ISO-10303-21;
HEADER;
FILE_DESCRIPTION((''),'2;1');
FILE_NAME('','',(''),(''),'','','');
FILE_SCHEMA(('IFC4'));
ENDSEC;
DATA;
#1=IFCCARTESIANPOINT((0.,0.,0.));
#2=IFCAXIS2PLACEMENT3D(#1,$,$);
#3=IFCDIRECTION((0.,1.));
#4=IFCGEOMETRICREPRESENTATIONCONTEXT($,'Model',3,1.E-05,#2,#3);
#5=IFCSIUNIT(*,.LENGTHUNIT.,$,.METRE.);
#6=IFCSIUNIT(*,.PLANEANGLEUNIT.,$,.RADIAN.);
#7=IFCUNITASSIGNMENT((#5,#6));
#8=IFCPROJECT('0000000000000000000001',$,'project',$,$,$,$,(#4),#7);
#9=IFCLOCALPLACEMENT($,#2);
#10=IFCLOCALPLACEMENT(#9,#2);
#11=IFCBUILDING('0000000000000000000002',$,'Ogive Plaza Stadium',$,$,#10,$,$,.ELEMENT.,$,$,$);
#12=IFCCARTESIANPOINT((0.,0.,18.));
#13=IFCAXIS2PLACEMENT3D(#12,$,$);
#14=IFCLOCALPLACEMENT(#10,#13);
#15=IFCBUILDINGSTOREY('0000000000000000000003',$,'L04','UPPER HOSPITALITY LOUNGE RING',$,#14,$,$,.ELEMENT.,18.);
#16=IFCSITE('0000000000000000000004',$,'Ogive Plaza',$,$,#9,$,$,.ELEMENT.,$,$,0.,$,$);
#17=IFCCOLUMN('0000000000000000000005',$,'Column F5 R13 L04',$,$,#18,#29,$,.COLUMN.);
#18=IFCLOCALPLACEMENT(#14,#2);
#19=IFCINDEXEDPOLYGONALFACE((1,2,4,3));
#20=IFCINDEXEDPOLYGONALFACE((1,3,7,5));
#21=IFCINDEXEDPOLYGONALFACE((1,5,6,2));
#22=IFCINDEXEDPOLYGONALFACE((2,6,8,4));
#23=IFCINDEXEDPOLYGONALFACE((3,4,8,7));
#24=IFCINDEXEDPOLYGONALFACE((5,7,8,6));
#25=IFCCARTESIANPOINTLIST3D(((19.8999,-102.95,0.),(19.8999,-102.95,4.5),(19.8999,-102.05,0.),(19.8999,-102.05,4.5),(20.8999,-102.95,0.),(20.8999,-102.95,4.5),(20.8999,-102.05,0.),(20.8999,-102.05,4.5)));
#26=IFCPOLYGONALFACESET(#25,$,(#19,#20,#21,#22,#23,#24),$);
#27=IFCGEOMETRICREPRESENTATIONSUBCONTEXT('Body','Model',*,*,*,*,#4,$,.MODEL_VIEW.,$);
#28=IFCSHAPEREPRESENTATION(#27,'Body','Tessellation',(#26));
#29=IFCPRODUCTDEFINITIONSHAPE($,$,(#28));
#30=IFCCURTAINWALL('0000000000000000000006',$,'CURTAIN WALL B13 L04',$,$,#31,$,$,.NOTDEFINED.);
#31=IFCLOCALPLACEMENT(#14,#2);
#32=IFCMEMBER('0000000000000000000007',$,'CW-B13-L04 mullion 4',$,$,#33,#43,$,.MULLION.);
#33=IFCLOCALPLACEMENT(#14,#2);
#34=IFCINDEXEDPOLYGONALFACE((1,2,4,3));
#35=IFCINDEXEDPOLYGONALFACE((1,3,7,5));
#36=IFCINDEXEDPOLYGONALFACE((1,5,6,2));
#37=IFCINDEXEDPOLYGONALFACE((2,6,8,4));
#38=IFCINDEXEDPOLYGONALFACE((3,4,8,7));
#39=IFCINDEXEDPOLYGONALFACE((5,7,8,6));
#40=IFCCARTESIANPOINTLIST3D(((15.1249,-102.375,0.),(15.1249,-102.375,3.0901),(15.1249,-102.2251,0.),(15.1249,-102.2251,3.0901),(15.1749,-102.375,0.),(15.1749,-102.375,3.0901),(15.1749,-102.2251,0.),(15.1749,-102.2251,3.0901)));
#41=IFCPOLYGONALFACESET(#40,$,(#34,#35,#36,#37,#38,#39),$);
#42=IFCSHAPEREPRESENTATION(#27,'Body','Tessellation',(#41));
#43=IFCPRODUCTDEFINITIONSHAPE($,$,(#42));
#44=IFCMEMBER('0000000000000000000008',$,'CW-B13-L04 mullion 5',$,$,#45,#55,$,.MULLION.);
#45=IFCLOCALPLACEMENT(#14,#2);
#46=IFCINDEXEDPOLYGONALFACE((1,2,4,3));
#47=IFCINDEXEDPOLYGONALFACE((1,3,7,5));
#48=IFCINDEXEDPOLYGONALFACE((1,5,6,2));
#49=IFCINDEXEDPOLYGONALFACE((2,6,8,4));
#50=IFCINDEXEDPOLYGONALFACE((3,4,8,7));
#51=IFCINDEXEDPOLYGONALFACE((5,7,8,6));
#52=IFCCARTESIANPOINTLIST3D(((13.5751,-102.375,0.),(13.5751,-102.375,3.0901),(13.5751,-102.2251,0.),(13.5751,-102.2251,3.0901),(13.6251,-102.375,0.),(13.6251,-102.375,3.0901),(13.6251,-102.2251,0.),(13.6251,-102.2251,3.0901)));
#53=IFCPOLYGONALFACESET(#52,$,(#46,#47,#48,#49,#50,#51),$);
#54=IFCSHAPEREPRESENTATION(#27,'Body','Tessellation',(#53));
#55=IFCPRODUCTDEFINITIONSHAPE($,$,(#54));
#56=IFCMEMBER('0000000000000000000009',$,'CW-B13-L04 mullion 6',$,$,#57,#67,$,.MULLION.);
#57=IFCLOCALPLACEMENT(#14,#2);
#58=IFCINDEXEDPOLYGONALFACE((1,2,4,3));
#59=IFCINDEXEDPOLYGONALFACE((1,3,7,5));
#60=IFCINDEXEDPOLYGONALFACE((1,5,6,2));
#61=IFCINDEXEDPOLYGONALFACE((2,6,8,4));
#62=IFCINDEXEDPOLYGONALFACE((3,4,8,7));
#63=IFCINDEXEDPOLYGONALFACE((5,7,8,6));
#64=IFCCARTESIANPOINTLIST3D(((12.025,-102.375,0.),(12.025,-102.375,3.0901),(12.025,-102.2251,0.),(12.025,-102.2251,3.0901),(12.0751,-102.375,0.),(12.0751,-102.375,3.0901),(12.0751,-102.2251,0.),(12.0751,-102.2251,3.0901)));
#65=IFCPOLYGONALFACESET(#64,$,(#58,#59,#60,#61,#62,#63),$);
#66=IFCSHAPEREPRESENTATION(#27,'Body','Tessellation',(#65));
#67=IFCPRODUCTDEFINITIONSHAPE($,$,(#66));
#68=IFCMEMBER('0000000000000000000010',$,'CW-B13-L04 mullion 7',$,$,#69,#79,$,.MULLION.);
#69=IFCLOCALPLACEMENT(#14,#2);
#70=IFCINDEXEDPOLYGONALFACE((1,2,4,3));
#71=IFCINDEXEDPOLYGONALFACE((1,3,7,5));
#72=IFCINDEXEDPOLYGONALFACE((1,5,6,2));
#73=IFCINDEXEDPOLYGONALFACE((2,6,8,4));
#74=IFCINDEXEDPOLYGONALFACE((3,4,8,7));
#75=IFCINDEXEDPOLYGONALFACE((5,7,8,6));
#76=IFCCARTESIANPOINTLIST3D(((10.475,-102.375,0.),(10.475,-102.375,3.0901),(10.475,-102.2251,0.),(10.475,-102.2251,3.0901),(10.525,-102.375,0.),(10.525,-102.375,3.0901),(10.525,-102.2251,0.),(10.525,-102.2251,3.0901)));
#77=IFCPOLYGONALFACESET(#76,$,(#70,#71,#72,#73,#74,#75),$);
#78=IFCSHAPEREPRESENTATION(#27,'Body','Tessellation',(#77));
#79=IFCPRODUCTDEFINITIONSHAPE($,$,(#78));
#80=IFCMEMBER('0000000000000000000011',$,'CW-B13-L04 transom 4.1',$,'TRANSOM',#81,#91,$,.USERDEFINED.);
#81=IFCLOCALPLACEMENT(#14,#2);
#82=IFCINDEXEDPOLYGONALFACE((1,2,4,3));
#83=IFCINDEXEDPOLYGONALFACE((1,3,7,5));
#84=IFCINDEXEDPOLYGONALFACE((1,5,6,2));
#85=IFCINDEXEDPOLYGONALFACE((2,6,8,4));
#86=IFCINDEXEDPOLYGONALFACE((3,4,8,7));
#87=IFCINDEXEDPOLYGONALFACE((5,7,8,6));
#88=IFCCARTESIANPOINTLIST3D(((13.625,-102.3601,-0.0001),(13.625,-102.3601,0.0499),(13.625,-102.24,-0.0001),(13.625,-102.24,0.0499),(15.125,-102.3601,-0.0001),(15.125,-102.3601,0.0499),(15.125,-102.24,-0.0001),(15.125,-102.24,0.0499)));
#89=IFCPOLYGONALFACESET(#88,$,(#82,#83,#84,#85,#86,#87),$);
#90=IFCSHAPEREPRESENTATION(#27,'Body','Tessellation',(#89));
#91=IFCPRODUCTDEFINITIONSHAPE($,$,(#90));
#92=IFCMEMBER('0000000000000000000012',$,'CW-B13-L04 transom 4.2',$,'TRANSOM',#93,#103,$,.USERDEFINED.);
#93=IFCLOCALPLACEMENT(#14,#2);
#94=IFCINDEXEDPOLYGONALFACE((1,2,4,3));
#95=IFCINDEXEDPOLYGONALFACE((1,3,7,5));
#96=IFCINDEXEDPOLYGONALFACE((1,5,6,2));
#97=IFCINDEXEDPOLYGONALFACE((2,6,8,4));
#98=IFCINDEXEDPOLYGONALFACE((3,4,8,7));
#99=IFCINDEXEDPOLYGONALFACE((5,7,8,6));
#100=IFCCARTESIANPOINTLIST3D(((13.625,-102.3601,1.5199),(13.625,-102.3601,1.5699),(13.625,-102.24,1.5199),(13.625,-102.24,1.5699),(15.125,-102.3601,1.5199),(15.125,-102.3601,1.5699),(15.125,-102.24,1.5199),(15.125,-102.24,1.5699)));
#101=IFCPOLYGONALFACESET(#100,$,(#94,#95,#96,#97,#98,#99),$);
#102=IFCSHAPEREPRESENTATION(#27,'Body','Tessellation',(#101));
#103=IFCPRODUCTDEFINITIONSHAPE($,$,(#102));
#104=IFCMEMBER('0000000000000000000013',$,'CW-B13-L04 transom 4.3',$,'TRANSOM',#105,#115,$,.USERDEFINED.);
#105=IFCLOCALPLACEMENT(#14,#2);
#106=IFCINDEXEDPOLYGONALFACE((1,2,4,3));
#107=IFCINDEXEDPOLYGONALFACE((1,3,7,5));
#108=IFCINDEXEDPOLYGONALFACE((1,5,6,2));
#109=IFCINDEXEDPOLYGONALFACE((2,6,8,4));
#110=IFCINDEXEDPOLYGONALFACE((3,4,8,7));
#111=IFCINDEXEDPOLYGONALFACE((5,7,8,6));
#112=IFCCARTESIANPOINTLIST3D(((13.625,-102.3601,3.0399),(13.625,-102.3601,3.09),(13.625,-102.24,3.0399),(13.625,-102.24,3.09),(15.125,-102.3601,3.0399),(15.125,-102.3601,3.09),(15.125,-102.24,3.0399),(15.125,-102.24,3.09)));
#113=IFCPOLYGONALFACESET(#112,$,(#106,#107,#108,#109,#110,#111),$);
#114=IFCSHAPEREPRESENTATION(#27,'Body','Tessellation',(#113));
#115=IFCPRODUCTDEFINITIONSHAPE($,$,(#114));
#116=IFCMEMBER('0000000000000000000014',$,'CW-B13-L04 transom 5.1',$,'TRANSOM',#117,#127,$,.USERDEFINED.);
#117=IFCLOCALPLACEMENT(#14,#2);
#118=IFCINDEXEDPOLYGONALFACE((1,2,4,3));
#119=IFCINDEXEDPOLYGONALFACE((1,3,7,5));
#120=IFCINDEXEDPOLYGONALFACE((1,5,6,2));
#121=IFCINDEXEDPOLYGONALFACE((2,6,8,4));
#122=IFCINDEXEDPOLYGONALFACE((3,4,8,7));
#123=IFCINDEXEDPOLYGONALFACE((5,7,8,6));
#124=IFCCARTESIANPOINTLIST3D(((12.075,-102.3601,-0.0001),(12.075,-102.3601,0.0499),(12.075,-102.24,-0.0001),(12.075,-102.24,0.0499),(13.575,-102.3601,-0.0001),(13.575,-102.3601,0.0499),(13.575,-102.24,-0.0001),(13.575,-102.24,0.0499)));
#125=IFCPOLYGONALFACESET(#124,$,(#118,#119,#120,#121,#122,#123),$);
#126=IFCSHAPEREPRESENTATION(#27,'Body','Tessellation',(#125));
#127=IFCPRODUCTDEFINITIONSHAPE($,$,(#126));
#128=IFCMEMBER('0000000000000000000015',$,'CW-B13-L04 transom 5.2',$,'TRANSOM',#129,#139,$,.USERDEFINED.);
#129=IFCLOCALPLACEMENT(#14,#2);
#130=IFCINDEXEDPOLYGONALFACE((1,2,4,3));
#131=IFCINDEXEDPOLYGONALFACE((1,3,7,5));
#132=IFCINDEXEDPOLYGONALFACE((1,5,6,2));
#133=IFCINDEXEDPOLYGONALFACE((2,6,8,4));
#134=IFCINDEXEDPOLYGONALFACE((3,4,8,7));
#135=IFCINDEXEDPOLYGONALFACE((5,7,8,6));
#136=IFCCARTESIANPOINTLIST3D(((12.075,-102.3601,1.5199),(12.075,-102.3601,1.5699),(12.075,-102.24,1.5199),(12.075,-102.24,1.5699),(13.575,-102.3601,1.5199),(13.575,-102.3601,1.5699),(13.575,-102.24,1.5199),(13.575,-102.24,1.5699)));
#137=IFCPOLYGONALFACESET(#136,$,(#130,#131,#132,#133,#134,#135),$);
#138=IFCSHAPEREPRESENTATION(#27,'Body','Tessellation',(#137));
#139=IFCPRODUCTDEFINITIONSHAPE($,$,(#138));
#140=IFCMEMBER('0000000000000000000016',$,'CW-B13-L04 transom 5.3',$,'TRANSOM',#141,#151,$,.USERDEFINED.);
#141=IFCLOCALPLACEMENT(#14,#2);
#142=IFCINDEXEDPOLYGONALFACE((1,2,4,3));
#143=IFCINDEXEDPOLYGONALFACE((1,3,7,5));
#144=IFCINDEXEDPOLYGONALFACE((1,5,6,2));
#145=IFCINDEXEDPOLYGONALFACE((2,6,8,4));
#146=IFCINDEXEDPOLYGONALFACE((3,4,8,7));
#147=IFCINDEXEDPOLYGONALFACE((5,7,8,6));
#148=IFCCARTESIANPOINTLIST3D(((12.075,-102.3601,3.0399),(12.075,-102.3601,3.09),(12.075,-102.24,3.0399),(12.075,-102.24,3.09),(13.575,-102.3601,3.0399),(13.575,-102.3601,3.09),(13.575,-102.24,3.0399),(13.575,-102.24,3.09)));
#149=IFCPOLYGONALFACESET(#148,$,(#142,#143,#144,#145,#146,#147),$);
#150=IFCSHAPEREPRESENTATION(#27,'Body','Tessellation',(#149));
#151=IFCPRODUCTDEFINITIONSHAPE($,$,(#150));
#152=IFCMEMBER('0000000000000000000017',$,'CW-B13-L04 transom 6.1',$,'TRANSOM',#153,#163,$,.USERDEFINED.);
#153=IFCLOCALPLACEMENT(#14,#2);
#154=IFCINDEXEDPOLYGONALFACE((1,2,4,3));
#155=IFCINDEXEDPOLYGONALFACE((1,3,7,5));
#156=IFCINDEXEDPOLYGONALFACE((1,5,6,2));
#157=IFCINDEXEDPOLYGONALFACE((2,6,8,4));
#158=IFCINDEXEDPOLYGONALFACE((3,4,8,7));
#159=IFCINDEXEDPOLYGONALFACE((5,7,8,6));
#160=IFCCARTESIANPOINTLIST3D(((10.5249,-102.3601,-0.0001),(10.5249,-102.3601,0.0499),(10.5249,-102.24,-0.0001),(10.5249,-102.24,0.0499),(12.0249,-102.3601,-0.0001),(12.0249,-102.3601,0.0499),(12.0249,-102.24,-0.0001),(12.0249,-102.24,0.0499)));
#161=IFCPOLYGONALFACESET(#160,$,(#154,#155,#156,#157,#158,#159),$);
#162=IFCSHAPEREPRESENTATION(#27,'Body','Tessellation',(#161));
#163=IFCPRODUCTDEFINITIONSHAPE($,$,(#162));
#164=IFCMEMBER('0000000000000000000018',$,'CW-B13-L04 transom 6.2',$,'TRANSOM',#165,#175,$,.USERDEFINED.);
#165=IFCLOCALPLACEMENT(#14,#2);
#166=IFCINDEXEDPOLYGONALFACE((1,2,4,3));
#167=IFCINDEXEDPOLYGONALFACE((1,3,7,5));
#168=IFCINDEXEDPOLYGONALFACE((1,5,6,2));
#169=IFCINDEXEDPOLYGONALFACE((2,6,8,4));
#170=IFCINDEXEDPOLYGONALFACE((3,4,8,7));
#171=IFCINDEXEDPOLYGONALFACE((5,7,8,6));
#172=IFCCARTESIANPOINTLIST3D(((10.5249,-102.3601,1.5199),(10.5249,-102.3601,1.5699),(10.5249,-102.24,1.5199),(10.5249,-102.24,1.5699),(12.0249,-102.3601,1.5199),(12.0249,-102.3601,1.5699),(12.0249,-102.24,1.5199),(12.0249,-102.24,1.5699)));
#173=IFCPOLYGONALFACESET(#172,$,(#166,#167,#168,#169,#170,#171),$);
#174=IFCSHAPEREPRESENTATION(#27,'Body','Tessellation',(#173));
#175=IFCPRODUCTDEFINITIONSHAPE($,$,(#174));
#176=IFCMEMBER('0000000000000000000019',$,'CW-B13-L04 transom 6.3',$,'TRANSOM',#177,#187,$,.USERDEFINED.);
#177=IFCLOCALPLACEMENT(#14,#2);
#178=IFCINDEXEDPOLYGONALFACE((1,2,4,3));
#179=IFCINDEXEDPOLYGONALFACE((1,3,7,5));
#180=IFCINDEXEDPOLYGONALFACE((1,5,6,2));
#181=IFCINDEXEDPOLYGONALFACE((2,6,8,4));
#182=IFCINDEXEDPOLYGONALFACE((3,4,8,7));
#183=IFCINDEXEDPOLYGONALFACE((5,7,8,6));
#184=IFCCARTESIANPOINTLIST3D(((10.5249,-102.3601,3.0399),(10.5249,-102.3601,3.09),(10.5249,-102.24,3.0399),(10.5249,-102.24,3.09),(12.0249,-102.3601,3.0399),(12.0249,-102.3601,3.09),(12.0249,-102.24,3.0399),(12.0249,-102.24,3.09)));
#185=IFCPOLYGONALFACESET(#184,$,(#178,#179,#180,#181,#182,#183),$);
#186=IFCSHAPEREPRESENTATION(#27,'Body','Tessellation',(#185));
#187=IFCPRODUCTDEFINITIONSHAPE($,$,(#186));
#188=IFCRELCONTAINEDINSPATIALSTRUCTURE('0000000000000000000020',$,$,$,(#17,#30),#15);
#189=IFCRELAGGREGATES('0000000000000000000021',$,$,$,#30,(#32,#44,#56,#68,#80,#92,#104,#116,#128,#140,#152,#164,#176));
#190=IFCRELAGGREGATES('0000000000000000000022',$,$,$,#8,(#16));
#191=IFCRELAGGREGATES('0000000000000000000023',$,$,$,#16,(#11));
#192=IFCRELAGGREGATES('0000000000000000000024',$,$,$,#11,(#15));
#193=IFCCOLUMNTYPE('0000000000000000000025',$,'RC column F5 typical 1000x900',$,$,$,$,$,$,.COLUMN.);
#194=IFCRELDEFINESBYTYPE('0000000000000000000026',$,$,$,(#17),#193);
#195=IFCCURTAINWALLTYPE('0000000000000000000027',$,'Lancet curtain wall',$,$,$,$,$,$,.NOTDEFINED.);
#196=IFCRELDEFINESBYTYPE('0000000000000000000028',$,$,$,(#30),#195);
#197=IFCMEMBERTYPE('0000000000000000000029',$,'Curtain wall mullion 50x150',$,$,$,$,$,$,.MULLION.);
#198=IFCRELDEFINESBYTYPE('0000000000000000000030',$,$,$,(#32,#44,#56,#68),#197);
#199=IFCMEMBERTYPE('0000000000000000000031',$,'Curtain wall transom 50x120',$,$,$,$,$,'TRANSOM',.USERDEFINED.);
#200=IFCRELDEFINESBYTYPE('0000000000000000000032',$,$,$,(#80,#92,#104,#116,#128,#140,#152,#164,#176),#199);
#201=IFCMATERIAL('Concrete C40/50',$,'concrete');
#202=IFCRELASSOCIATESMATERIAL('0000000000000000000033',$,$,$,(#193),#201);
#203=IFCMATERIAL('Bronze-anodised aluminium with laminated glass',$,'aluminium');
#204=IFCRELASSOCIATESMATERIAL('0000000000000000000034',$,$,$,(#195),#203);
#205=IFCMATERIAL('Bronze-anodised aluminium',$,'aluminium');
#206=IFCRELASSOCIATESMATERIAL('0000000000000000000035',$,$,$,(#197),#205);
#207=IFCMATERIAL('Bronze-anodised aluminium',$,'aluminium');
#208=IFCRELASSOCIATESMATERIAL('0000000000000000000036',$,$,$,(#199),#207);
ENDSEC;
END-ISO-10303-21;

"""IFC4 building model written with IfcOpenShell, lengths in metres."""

from ifc_helpers import new_model, si_unit, direction, frame, origin, origin_2d, place, context, subcontext, project, spatial, rectangle, extrude, material, material_profile, profile_set, type_object, element, aggregate, save


model = new_model("IFC4")

# Units and contexts
model_context = context("Model", 3, precision=1e-05, world=origin(), true_north=direction((0.0, 1.0)))
body_context = subcontext(model_context, "Body", "Model", "MODEL_VIEW")
ifc_project = project(units=[si_unit("LENGTHUNIT", "METRE"), si_unit("PLANEANGLEUNIT", "RADIAN")], contexts=[model_context])

# Site, building, storey
site_placement = place(None, origin())
site = spatial("IfcSite", under=ifc_project, at=site_placement, Name="Ogive Plaza", CompositionType="ELEMENT", RefElevation=0.0)
building_placement = place(site_placement, origin())
building = spatial("IfcBuilding", under=site, at=building_placement, Name="Ogive Plaza Stadium", CompositionType="ELEMENT")
storey_placement = place(building_placement, frame((0.0, 0.0, 18.0)))
storey = spatial("IfcBuildingStorey", under=building, at=storey_placement, Name="L04", Description="UPPER HOSPITALITY LOUNGE RING", CompositionType="ELEMENT", Elevation=18.0)

# Column
ifc_material_1 = material(Name="Concrete C40/50", Category="concrete")
ifc_material_profile_1 = material_profile(ifc_material_1, rectangle(XDim=1.0, YDim=0.8999, at=origin_2d()), Name="RC 1000x900")
ifc_profile_set_1 = profile_set([ifc_material_profile_1], Name="Concrete C40/50")
column_type = type_object("IfcColumnType", Name="RC column F5 typical 1000x900", PredefinedType="COLUMN", material=ifc_profile_set_1)
column_placement = place(storey_placement, frame((20.3999, -102.5, 0.0), z_axis=(0.0, 0.0, 1.0), x_axis=(1.0, 0.0, 0.0)))
element("IfcColumn", 1, at=column_placement, inside=storey, type_object=column_type, Name="Column F5 R13 L04", PredefinedType="COLUMN", context=body_context, shape_type="SweptSolid", body=[
    extrude(rectangle(XDim=1.0, YDim=0.8999, at=origin_2d()), origin(), (0.0, 0.0, 1.0), 4.5),
])

# Curtain wall, members
ifc_material_2 = material(Name="Bronze-anodised aluminium with laminated glass", Category="aluminium")
curtain_wall_type = type_object("IfcCurtainWallType", Name="Lancet curtain wall", PredefinedType="NOTDEFINED", material=ifc_material_2)
curtain_wall_placement = place(storey_placement, origin())
curtain_wall = element("IfcCurtainWall", 2, at=curtain_wall_placement, inside=storey, type_object=curtain_wall_type, Name="CURTAIN WALL B13 L04", PredefinedType="NOTDEFINED")
ifc_material_3 = material(Name="Bronze-anodised aluminium", Category="aluminium")
ifc_material_profile_2 = material_profile(ifc_material_3, rectangle(XDim=0.1499, YDim=0.05, at=origin_2d()), Name="AL 150x50")
ifc_profile_set_2 = profile_set([ifc_material_profile_2], Name="Bronze-anodised aluminium")
member_type_1 = type_object("IfcMemberType", Name="Curtain wall mullion 50x150", PredefinedType="MULLION", material=ifc_profile_set_2)
member_1_placement = place(storey_placement, frame((15.1499, -102.3, 0.0), z_axis=(0.0, 0.0, 1.0), x_axis=(0.0, -1.0, 0.0)))
member_1 = element("IfcMember", 3, at=member_1_placement, type_object=member_type_1, Name="CW-B13-L04 mullion 4", PredefinedType="MULLION", context=body_context, shape_type="SweptSolid", body=[
    extrude(rectangle(XDim=0.1499, YDim=0.05, at=origin_2d()), origin(), (0.0, 0.0, 1.0), 3.0901),
])
member_2_placement = place(storey_placement, frame((13.6001, -102.3, 0.0), z_axis=(0.0, 0.0, 1.0), x_axis=(0.0, -1.0, 0.0)))
member_2 = element("IfcMember", 4, at=member_2_placement, type_object=member_type_1, Name="CW-B13-L04 mullion 5", PredefinedType="MULLION", context=body_context, shape_type="SweptSolid", body=[
    extrude(rectangle(XDim=0.1499, YDim=0.05, at=origin_2d()), origin(), (0.0, 0.0, 1.0), 3.0901),
])
member_3_placement = place(storey_placement, frame((12.05, -102.3, 0.0), z_axis=(0.0, 0.0, 1.0), x_axis=(0.0, -1.0, 0.0)))
member_3 = element("IfcMember", 5, at=member_3_placement, type_object=member_type_1, Name="CW-B13-L04 mullion 6", PredefinedType="MULLION", context=body_context, shape_type="SweptSolid", body=[
    extrude(rectangle(XDim=0.1499, YDim=0.05, at=origin_2d()), origin(), (0.0, 0.0, 1.0), 3.0901),
])
member_4_placement = place(storey_placement, frame((10.5, -102.3, 0.0), z_axis=(0.0, 0.0, 1.0), x_axis=(0.0, -1.0, 0.0)))
member_4 = element("IfcMember", 6, at=member_4_placement, type_object=member_type_1, Name="CW-B13-L04 mullion 7", PredefinedType="MULLION", context=body_context, shape_type="SweptSolid", body=[
    extrude(rectangle(XDim=0.1499, YDim=0.05, at=origin_2d()), origin(), (0.0, 0.0, 1.0), 3.0901),
])
ifc_material_4 = material(Name="Bronze-anodised aluminium", Category="aluminium")
ifc_material_profile_3 = material_profile(ifc_material_4, rectangle(XDim=0.1201, YDim=0.05, at=origin_2d()), Name="AL 120x50")
ifc_profile_set_3 = profile_set([ifc_material_profile_3], Name="Bronze-anodised aluminium")
member_type_2 = type_object("IfcMemberType", Name="Curtain wall transom 50x120", ElementType="TRANSOM", PredefinedType="USERDEFINED", material=ifc_profile_set_3)
member_5_placement = place(storey_placement, frame((15.125, -102.3, 0.0249), z_axis=(-1.0, 0.0, 0.0), x_axis=(0.0, -1.0, 0.0)))
member_5 = element("IfcMember", 7, at=member_5_placement, type_object=member_type_2, Name="CW-B13-L04 transom 4.1", ObjectType="TRANSOM", PredefinedType="USERDEFINED", context=body_context, shape_type="SweptSolid", body=[
    extrude(rectangle(XDim=0.1201, YDim=0.05, at=origin_2d()), origin(), (0.0, 0.0, 1.0), 1.5),
])
member_6_placement = place(storey_placement, frame((15.125, -102.3, 1.5449), z_axis=(-1.0, 0.0, 0.0), x_axis=(0.0, -1.0, 0.0)))
member_6 = element("IfcMember", 8, at=member_6_placement, type_object=member_type_2, Name="CW-B13-L04 transom 4.2", ObjectType="TRANSOM", PredefinedType="USERDEFINED", context=body_context, shape_type="SweptSolid", body=[
    extrude(rectangle(XDim=0.1201, YDim=0.05, at=origin_2d()), origin(), (0.0, 0.0, 1.0), 1.5),
])
member_7_placement = place(storey_placement, frame((15.125, -102.3, 3.0649), z_axis=(-1.0, 0.0, 0.0), x_axis=(0.0, -1.0, 0.0)))
member_7 = element("IfcMember", 9, at=member_7_placement, type_object=member_type_2, Name="CW-B13-L04 transom 4.3", ObjectType="TRANSOM", PredefinedType="USERDEFINED", context=body_context, shape_type="SweptSolid", body=[
    extrude(rectangle(XDim=0.1201, YDim=0.05, at=origin_2d()), origin(), (0.0, 0.0, 1.0), 1.5),
])
member_8_placement = place(storey_placement, frame((13.575, -102.3, 0.0249), z_axis=(-1.0, 0.0, 0.0), x_axis=(0.0, -1.0, 0.0)))
member_8 = element("IfcMember", 10, at=member_8_placement, type_object=member_type_2, Name="CW-B13-L04 transom 5.1", ObjectType="TRANSOM", PredefinedType="USERDEFINED", context=body_context, shape_type="SweptSolid", body=[
    extrude(rectangle(XDim=0.1201, YDim=0.05, at=origin_2d()), origin(), (0.0, 0.0, 1.0), 1.5),
])
member_9_placement = place(storey_placement, frame((13.575, -102.3, 1.5449), z_axis=(-1.0, 0.0, 0.0), x_axis=(0.0, -1.0, 0.0)))
member_9 = element("IfcMember", 11, at=member_9_placement, type_object=member_type_2, Name="CW-B13-L04 transom 5.2", ObjectType="TRANSOM", PredefinedType="USERDEFINED", context=body_context, shape_type="SweptSolid", body=[
    extrude(rectangle(XDim=0.1201, YDim=0.05, at=origin_2d()), origin(), (0.0, 0.0, 1.0), 1.5),
])
member_10_placement = place(storey_placement, frame((13.575, -102.3, 3.0649), z_axis=(-1.0, 0.0, 0.0), x_axis=(0.0, -1.0, 0.0)))
member_10 = element("IfcMember", 12, at=member_10_placement, type_object=member_type_2, Name="CW-B13-L04 transom 5.3", ObjectType="TRANSOM", PredefinedType="USERDEFINED", context=body_context, shape_type="SweptSolid", body=[
    extrude(rectangle(XDim=0.1201, YDim=0.05, at=origin_2d()), origin(), (0.0, 0.0, 1.0), 1.5),
])
member_11_placement = place(storey_placement, frame((12.0249, -102.3, 0.0249), z_axis=(-1.0, 0.0, 0.0), x_axis=(0.0, -1.0, 0.0)))
member_11 = element("IfcMember", 13, at=member_11_placement, type_object=member_type_2, Name="CW-B13-L04 transom 6.1", ObjectType="TRANSOM", PredefinedType="USERDEFINED", context=body_context, shape_type="SweptSolid", body=[
    extrude(rectangle(XDim=0.1201, YDim=0.05, at=origin_2d()), origin(), (0.0, 0.0, 1.0), 1.5),
])
member_12_placement = place(storey_placement, frame((12.0249, -102.3, 1.5449), z_axis=(-1.0, 0.0, 0.0), x_axis=(0.0, -1.0, 0.0)))
member_12 = element("IfcMember", 14, at=member_12_placement, type_object=member_type_2, Name="CW-B13-L04 transom 6.2", ObjectType="TRANSOM", PredefinedType="USERDEFINED", context=body_context, shape_type="SweptSolid", body=[
    extrude(rectangle(XDim=0.1201, YDim=0.05, at=origin_2d()), origin(), (0.0, 0.0, 1.0), 1.5),
])
member_13_placement = place(storey_placement, frame((12.0249, -102.3, 3.0649), z_axis=(-1.0, 0.0, 0.0), x_axis=(0.0, -1.0, 0.0)))
member_13 = element("IfcMember", 15, at=member_13_placement, type_object=member_type_2, Name="CW-B13-L04 transom 6.3", ObjectType="TRANSOM", PredefinedType="USERDEFINED", context=body_context, shape_type="SweptSolid", body=[
    extrude(rectangle(XDim=0.1201, YDim=0.05, at=origin_2d()), origin(), (0.0, 0.0, 1.0), 1.5),
])

aggregate(curtain_wall, [member_1, member_2, member_3, member_4, member_5, member_6, member_7, member_8, member_9, member_10, member_11, member_12, member_13])

save(model, "model.ifc")
